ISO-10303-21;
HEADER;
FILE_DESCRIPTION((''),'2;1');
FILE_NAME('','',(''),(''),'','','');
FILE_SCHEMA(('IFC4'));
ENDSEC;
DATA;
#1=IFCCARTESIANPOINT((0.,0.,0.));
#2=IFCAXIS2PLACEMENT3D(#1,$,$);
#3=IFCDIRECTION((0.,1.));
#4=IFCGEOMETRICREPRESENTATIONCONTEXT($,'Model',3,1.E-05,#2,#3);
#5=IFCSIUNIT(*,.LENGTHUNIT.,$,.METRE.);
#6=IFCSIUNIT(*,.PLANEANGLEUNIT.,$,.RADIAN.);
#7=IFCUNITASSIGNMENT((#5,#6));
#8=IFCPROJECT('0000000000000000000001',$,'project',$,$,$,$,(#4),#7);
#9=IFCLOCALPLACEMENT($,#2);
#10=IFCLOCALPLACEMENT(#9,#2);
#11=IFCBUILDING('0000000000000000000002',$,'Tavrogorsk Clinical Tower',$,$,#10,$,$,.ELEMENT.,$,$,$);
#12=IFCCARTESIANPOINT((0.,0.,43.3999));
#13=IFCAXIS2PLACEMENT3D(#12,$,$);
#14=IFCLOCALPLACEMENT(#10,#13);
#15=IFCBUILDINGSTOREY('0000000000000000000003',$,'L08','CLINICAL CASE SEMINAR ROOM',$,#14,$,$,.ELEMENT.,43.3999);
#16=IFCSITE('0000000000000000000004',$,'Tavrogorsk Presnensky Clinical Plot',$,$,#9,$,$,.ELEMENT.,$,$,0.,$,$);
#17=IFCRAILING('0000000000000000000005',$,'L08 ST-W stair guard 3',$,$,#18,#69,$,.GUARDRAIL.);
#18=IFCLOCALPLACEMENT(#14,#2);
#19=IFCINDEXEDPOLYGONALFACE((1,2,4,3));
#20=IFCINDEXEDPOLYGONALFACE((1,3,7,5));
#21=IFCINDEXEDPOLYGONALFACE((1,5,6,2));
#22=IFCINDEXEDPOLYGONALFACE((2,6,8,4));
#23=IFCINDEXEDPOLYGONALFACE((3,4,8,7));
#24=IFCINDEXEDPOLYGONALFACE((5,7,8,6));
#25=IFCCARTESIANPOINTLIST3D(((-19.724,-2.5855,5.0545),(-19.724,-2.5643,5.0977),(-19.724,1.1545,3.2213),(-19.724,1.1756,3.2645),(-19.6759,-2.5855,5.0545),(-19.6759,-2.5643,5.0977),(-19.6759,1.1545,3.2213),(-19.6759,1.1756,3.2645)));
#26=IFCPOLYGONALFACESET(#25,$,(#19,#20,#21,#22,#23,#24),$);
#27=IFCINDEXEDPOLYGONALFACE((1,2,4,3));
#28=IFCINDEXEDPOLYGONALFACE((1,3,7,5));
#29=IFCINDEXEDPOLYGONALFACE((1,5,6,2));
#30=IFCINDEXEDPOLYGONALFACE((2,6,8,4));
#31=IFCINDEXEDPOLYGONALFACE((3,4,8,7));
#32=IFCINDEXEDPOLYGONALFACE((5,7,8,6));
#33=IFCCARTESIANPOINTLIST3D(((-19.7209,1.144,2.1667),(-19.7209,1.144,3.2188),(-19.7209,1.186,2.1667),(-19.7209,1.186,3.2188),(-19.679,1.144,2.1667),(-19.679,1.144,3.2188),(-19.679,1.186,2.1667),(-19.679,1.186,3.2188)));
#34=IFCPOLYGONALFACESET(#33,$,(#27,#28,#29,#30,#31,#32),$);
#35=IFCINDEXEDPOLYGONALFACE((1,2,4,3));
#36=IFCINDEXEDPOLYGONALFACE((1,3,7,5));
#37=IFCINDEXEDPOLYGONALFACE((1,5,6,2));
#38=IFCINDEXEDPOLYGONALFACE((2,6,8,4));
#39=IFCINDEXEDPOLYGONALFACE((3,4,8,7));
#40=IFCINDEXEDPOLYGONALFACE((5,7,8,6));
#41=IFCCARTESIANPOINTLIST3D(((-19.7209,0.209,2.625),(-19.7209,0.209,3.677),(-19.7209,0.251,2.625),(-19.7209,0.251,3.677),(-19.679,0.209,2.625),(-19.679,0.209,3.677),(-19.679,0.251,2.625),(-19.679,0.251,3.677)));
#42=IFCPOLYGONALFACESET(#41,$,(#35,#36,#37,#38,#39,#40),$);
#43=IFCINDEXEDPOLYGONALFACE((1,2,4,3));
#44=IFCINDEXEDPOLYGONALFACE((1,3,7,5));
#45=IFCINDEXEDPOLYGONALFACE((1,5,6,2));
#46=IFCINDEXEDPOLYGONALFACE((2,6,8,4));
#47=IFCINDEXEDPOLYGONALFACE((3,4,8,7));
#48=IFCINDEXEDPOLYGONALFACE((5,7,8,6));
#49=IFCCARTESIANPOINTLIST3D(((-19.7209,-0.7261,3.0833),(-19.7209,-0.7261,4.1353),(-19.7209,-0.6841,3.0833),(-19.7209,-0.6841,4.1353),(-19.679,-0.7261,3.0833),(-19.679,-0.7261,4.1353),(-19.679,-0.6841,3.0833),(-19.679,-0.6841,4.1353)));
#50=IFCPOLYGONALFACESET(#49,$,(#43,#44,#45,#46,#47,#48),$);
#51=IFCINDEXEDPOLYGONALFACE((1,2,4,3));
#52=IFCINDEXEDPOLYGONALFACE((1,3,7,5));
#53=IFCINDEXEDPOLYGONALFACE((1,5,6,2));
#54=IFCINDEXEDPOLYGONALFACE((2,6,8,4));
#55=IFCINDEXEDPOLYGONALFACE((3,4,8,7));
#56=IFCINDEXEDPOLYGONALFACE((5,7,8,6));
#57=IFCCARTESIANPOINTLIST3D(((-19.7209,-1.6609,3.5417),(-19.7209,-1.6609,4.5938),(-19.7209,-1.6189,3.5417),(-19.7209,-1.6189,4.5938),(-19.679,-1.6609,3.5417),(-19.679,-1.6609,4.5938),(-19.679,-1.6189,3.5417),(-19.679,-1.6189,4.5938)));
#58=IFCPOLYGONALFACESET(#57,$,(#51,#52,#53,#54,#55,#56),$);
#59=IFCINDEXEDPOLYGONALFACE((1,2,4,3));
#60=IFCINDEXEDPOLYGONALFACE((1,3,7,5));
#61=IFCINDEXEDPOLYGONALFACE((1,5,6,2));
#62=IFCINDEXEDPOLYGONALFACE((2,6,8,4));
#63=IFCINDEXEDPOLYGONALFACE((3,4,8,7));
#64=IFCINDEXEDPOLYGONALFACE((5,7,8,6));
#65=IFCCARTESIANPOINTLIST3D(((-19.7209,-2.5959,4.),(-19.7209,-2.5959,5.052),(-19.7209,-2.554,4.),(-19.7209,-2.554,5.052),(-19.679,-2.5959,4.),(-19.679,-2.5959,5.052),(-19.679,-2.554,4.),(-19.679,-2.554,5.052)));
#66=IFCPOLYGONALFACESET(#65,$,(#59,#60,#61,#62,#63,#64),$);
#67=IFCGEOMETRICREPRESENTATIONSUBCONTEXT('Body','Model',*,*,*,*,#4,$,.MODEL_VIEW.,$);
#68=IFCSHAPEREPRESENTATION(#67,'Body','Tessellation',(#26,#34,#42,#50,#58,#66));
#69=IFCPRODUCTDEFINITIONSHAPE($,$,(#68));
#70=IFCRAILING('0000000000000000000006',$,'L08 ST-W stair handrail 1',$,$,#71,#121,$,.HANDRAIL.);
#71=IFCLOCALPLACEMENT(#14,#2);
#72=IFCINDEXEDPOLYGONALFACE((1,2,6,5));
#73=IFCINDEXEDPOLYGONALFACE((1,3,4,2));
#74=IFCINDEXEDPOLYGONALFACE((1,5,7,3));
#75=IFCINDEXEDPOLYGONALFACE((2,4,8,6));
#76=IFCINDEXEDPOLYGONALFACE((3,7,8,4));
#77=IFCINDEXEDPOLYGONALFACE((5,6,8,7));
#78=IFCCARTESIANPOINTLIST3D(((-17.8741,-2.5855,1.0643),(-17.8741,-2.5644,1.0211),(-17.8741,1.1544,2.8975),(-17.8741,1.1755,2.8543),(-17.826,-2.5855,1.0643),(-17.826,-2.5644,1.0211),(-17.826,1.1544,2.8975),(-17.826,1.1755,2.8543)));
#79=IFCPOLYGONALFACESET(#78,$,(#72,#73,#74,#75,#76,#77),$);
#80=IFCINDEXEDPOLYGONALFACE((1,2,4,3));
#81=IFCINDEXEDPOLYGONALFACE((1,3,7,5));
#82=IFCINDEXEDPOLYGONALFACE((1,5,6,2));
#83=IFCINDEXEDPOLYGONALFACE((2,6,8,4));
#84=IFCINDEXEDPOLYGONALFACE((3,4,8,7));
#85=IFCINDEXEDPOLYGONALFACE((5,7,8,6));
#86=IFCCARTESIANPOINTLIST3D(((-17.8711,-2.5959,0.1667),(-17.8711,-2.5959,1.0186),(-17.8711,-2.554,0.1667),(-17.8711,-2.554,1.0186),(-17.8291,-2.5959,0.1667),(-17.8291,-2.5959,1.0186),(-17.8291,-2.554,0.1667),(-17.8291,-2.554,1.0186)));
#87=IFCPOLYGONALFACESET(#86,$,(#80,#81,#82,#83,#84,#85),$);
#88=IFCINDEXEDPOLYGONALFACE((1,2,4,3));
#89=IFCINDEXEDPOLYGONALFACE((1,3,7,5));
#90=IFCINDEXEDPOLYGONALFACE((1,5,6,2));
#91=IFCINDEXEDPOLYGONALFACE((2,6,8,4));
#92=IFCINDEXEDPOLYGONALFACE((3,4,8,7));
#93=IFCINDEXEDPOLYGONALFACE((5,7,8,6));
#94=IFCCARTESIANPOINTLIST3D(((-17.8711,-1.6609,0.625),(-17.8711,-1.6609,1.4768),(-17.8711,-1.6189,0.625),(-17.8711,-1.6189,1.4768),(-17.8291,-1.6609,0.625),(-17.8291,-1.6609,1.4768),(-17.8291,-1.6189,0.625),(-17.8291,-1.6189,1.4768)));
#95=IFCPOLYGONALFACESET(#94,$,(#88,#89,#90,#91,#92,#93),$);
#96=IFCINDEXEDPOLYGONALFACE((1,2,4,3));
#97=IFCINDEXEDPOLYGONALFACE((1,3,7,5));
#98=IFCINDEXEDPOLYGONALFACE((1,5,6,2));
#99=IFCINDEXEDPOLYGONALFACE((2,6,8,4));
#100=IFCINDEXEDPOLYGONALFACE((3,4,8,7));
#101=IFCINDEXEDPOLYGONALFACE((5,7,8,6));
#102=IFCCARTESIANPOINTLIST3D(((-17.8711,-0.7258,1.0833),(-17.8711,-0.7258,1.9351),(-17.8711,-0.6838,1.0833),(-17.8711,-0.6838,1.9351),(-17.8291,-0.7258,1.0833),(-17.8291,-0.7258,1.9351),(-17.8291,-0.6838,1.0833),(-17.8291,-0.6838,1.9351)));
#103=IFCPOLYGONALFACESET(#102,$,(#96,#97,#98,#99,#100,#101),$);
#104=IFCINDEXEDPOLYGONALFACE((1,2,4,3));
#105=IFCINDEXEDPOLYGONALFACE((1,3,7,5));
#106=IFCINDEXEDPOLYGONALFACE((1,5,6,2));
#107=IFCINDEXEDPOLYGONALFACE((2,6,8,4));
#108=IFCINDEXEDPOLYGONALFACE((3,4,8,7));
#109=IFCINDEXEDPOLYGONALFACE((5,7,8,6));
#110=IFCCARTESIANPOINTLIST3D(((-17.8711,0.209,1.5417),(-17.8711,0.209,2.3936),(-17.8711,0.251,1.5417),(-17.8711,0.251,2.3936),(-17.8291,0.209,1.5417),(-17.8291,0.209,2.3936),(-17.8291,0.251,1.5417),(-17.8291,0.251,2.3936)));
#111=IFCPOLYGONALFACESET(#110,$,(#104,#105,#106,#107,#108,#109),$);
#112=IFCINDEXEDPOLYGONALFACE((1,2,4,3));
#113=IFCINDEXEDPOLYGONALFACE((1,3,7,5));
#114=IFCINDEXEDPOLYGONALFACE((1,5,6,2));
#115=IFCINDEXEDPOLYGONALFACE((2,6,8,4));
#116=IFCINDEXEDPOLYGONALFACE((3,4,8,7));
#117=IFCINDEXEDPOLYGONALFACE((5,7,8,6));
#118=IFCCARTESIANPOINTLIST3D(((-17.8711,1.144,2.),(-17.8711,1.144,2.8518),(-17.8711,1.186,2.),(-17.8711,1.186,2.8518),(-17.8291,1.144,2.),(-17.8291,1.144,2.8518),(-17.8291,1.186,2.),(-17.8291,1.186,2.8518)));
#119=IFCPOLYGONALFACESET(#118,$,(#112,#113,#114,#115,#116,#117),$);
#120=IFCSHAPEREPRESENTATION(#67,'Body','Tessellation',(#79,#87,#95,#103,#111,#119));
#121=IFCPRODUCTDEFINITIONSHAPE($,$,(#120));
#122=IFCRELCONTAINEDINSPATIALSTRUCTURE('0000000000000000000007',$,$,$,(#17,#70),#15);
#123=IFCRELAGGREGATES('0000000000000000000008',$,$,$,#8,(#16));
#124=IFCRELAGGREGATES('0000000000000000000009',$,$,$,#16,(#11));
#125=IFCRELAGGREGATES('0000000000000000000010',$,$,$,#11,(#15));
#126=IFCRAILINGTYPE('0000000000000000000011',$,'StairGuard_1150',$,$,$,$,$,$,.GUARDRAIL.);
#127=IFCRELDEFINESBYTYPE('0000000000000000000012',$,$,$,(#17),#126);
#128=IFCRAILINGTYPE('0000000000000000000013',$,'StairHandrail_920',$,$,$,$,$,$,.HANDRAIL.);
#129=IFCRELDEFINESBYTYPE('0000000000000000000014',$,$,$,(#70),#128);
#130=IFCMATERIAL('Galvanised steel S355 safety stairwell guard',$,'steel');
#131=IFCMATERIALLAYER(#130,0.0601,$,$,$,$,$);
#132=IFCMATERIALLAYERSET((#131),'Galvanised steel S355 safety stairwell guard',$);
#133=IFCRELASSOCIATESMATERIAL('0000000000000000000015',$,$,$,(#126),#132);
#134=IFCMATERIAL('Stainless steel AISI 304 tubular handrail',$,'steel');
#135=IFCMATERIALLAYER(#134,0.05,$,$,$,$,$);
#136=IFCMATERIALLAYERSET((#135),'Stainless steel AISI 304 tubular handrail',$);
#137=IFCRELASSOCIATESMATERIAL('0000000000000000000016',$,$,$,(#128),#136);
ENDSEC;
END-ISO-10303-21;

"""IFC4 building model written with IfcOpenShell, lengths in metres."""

from ifc_helpers import new_model, si_unit, direction, frame, origin, origin_2d, place, context, subcontext, project, spatial, rectangle, extrude, material, layer, layer_set, type_object, element, save


model = new_model("IFC4")

# Units and contexts
model_context = context("Model", 3, precision=1e-05, world=origin(), true_north=direction((0.0, 1.0)))
body_context = subcontext(model_context, "Body", "Model", "MODEL_VIEW")
ifc_project = project(units=[si_unit("LENGTHUNIT", "METRE"), si_unit("PLANEANGLEUNIT", "RADIAN")], contexts=[model_context])

# Site, building, storey
site_placement = place(None, origin())
site = spatial("IfcSite", under=ifc_project, at=site_placement, Name="Tavrogorsk Presnensky Clinical Plot", CompositionType="ELEMENT", RefElevation=0.0)
building_placement = place(site_placement, origin())
building = spatial("IfcBuilding", under=site, at=building_placement, Name="Tavrogorsk Clinical Tower", CompositionType="ELEMENT")
storey_placement = place(building_placement, frame((0.0, 0.0, 43.3999)))
storey = spatial("IfcBuildingStorey", under=building, at=storey_placement, Name="L08", Description="CLINICAL CASE SEMINAR ROOM", CompositionType="ELEMENT", Elevation=43.3999)

# Railings
ifc_material_1 = material(Name="Galvanised steel S355 safety stairwell guard", Category="steel")
ifc_layer_1 = layer(ifc_material_1, 0.0601)
ifc_layer_set_1 = layer_set([ifc_layer_1], Name="Galvanised steel S355 safety stairwell guard")
railing_type_1 = type_object("IfcRailingType", Name="StairGuard_1150", PredefinedType="GUARDRAIL", material=ifc_layer_set_1)
railing_1_placement = place(storey_placement, frame((-19.7, 1.165, 2.1667)))
element("IfcRailing", 1, at=railing_1_placement, inside=storey, type_object=railing_type_1, Name="L08 ST-W stair guard 3", PredefinedType="GUARDRAIL", context=body_context, shape_type="SweptSolid", body=[
    extrude(rectangle(XDim=0.0481, YDim=0.0481, at=origin_2d()), frame((0.0, 0.0, 1.0762), z_axis=(0.0, -0.897928, 0.440142), x_axis=(1.0, 0.0, 0.0)), (0.0, 0.0, 1.0), 4.165),
    extrude(rectangle(XDim=0.042, YDim=0.042, at=origin_2d()), origin(), (0.0, 0.0, 1.0), 1.052),
    extrude(rectangle(XDim=0.042, YDim=0.042, at=origin_2d()), frame((0.0, -0.9351, 0.4583)), (0.0, 0.0, 1.0), 1.052),
    extrude(rectangle(XDim=0.042, YDim=0.042, at=origin_2d()), frame((0.0, -1.8701, 0.9165)), (0.0, 0.0, 1.0), 1.052),
    extrude(rectangle(XDim=0.042, YDim=0.042, at=origin_2d()), frame((0.0, -2.8049, 1.375)), (0.0, 0.0, 1.0), 1.052),
    extrude(rectangle(XDim=0.042, YDim=0.042, at=origin_2d()), frame((0.0, -3.74, 1.8333)), (0.0, 0.0, 1.0), 1.052),
])
ifc_material_2 = material(Name="Stainless steel AISI 304 tubular handrail", Category="steel")
ifc_layer_2 = layer(ifc_material_2, 0.05)
ifc_layer_set_2 = layer_set([ifc_layer_2], Name="Stainless steel AISI 304 tubular handrail")
railing_type_2 = type_object("IfcRailingType", Name="StairHandrail_920", PredefinedType="HANDRAIL", material=ifc_layer_set_2)
railing_2_placement = place(storey_placement, frame((-17.8501, -2.575, 0.1667)))
element("IfcRailing", 2, at=railing_2_placement, inside=storey, type_object=railing_type_2, Name="L08 ST-W stair handrail 1", PredefinedType="HANDRAIL", context=body_context, shape_type="SweptSolid", body=[
    extrude(rectangle(XDim=0.0481, YDim=0.0481, at=origin_2d()), frame((0.0, 0.0, 0.876), z_axis=(0.0, 0.897928, 0.440142), x_axis=(-1.0, 0.0, 0.0)), (0.0, 0.0, 1.0), 4.165),
    extrude(rectangle(XDim=0.042, YDim=0.042, at=origin_2d()), origin(), (0.0, 0.0, 1.0), 0.8518),
    extrude(rectangle(XDim=0.042, YDim=0.042, at=origin_2d()), frame((0.0, 0.9351, 0.4583)), (0.0, 0.0, 1.0), 0.8518),
    extrude(rectangle(XDim=0.042, YDim=0.042, at=origin_2d()), frame((0.0, 1.8701, 0.9165)), (0.0, 0.0, 1.0), 0.8518),
    extrude(rectangle(XDim=0.042, YDim=0.042, at=origin_2d()), frame((0.0, 2.8049, 1.375)), (0.0, 0.0, 1.0), 0.8518),
    extrude(rectangle(XDim=0.042, YDim=0.042, at=origin_2d()), frame((0.0, 3.74, 1.8333)), (0.0, 0.0, 1.0), 0.8518),
])

save(model, "model.ifc")
